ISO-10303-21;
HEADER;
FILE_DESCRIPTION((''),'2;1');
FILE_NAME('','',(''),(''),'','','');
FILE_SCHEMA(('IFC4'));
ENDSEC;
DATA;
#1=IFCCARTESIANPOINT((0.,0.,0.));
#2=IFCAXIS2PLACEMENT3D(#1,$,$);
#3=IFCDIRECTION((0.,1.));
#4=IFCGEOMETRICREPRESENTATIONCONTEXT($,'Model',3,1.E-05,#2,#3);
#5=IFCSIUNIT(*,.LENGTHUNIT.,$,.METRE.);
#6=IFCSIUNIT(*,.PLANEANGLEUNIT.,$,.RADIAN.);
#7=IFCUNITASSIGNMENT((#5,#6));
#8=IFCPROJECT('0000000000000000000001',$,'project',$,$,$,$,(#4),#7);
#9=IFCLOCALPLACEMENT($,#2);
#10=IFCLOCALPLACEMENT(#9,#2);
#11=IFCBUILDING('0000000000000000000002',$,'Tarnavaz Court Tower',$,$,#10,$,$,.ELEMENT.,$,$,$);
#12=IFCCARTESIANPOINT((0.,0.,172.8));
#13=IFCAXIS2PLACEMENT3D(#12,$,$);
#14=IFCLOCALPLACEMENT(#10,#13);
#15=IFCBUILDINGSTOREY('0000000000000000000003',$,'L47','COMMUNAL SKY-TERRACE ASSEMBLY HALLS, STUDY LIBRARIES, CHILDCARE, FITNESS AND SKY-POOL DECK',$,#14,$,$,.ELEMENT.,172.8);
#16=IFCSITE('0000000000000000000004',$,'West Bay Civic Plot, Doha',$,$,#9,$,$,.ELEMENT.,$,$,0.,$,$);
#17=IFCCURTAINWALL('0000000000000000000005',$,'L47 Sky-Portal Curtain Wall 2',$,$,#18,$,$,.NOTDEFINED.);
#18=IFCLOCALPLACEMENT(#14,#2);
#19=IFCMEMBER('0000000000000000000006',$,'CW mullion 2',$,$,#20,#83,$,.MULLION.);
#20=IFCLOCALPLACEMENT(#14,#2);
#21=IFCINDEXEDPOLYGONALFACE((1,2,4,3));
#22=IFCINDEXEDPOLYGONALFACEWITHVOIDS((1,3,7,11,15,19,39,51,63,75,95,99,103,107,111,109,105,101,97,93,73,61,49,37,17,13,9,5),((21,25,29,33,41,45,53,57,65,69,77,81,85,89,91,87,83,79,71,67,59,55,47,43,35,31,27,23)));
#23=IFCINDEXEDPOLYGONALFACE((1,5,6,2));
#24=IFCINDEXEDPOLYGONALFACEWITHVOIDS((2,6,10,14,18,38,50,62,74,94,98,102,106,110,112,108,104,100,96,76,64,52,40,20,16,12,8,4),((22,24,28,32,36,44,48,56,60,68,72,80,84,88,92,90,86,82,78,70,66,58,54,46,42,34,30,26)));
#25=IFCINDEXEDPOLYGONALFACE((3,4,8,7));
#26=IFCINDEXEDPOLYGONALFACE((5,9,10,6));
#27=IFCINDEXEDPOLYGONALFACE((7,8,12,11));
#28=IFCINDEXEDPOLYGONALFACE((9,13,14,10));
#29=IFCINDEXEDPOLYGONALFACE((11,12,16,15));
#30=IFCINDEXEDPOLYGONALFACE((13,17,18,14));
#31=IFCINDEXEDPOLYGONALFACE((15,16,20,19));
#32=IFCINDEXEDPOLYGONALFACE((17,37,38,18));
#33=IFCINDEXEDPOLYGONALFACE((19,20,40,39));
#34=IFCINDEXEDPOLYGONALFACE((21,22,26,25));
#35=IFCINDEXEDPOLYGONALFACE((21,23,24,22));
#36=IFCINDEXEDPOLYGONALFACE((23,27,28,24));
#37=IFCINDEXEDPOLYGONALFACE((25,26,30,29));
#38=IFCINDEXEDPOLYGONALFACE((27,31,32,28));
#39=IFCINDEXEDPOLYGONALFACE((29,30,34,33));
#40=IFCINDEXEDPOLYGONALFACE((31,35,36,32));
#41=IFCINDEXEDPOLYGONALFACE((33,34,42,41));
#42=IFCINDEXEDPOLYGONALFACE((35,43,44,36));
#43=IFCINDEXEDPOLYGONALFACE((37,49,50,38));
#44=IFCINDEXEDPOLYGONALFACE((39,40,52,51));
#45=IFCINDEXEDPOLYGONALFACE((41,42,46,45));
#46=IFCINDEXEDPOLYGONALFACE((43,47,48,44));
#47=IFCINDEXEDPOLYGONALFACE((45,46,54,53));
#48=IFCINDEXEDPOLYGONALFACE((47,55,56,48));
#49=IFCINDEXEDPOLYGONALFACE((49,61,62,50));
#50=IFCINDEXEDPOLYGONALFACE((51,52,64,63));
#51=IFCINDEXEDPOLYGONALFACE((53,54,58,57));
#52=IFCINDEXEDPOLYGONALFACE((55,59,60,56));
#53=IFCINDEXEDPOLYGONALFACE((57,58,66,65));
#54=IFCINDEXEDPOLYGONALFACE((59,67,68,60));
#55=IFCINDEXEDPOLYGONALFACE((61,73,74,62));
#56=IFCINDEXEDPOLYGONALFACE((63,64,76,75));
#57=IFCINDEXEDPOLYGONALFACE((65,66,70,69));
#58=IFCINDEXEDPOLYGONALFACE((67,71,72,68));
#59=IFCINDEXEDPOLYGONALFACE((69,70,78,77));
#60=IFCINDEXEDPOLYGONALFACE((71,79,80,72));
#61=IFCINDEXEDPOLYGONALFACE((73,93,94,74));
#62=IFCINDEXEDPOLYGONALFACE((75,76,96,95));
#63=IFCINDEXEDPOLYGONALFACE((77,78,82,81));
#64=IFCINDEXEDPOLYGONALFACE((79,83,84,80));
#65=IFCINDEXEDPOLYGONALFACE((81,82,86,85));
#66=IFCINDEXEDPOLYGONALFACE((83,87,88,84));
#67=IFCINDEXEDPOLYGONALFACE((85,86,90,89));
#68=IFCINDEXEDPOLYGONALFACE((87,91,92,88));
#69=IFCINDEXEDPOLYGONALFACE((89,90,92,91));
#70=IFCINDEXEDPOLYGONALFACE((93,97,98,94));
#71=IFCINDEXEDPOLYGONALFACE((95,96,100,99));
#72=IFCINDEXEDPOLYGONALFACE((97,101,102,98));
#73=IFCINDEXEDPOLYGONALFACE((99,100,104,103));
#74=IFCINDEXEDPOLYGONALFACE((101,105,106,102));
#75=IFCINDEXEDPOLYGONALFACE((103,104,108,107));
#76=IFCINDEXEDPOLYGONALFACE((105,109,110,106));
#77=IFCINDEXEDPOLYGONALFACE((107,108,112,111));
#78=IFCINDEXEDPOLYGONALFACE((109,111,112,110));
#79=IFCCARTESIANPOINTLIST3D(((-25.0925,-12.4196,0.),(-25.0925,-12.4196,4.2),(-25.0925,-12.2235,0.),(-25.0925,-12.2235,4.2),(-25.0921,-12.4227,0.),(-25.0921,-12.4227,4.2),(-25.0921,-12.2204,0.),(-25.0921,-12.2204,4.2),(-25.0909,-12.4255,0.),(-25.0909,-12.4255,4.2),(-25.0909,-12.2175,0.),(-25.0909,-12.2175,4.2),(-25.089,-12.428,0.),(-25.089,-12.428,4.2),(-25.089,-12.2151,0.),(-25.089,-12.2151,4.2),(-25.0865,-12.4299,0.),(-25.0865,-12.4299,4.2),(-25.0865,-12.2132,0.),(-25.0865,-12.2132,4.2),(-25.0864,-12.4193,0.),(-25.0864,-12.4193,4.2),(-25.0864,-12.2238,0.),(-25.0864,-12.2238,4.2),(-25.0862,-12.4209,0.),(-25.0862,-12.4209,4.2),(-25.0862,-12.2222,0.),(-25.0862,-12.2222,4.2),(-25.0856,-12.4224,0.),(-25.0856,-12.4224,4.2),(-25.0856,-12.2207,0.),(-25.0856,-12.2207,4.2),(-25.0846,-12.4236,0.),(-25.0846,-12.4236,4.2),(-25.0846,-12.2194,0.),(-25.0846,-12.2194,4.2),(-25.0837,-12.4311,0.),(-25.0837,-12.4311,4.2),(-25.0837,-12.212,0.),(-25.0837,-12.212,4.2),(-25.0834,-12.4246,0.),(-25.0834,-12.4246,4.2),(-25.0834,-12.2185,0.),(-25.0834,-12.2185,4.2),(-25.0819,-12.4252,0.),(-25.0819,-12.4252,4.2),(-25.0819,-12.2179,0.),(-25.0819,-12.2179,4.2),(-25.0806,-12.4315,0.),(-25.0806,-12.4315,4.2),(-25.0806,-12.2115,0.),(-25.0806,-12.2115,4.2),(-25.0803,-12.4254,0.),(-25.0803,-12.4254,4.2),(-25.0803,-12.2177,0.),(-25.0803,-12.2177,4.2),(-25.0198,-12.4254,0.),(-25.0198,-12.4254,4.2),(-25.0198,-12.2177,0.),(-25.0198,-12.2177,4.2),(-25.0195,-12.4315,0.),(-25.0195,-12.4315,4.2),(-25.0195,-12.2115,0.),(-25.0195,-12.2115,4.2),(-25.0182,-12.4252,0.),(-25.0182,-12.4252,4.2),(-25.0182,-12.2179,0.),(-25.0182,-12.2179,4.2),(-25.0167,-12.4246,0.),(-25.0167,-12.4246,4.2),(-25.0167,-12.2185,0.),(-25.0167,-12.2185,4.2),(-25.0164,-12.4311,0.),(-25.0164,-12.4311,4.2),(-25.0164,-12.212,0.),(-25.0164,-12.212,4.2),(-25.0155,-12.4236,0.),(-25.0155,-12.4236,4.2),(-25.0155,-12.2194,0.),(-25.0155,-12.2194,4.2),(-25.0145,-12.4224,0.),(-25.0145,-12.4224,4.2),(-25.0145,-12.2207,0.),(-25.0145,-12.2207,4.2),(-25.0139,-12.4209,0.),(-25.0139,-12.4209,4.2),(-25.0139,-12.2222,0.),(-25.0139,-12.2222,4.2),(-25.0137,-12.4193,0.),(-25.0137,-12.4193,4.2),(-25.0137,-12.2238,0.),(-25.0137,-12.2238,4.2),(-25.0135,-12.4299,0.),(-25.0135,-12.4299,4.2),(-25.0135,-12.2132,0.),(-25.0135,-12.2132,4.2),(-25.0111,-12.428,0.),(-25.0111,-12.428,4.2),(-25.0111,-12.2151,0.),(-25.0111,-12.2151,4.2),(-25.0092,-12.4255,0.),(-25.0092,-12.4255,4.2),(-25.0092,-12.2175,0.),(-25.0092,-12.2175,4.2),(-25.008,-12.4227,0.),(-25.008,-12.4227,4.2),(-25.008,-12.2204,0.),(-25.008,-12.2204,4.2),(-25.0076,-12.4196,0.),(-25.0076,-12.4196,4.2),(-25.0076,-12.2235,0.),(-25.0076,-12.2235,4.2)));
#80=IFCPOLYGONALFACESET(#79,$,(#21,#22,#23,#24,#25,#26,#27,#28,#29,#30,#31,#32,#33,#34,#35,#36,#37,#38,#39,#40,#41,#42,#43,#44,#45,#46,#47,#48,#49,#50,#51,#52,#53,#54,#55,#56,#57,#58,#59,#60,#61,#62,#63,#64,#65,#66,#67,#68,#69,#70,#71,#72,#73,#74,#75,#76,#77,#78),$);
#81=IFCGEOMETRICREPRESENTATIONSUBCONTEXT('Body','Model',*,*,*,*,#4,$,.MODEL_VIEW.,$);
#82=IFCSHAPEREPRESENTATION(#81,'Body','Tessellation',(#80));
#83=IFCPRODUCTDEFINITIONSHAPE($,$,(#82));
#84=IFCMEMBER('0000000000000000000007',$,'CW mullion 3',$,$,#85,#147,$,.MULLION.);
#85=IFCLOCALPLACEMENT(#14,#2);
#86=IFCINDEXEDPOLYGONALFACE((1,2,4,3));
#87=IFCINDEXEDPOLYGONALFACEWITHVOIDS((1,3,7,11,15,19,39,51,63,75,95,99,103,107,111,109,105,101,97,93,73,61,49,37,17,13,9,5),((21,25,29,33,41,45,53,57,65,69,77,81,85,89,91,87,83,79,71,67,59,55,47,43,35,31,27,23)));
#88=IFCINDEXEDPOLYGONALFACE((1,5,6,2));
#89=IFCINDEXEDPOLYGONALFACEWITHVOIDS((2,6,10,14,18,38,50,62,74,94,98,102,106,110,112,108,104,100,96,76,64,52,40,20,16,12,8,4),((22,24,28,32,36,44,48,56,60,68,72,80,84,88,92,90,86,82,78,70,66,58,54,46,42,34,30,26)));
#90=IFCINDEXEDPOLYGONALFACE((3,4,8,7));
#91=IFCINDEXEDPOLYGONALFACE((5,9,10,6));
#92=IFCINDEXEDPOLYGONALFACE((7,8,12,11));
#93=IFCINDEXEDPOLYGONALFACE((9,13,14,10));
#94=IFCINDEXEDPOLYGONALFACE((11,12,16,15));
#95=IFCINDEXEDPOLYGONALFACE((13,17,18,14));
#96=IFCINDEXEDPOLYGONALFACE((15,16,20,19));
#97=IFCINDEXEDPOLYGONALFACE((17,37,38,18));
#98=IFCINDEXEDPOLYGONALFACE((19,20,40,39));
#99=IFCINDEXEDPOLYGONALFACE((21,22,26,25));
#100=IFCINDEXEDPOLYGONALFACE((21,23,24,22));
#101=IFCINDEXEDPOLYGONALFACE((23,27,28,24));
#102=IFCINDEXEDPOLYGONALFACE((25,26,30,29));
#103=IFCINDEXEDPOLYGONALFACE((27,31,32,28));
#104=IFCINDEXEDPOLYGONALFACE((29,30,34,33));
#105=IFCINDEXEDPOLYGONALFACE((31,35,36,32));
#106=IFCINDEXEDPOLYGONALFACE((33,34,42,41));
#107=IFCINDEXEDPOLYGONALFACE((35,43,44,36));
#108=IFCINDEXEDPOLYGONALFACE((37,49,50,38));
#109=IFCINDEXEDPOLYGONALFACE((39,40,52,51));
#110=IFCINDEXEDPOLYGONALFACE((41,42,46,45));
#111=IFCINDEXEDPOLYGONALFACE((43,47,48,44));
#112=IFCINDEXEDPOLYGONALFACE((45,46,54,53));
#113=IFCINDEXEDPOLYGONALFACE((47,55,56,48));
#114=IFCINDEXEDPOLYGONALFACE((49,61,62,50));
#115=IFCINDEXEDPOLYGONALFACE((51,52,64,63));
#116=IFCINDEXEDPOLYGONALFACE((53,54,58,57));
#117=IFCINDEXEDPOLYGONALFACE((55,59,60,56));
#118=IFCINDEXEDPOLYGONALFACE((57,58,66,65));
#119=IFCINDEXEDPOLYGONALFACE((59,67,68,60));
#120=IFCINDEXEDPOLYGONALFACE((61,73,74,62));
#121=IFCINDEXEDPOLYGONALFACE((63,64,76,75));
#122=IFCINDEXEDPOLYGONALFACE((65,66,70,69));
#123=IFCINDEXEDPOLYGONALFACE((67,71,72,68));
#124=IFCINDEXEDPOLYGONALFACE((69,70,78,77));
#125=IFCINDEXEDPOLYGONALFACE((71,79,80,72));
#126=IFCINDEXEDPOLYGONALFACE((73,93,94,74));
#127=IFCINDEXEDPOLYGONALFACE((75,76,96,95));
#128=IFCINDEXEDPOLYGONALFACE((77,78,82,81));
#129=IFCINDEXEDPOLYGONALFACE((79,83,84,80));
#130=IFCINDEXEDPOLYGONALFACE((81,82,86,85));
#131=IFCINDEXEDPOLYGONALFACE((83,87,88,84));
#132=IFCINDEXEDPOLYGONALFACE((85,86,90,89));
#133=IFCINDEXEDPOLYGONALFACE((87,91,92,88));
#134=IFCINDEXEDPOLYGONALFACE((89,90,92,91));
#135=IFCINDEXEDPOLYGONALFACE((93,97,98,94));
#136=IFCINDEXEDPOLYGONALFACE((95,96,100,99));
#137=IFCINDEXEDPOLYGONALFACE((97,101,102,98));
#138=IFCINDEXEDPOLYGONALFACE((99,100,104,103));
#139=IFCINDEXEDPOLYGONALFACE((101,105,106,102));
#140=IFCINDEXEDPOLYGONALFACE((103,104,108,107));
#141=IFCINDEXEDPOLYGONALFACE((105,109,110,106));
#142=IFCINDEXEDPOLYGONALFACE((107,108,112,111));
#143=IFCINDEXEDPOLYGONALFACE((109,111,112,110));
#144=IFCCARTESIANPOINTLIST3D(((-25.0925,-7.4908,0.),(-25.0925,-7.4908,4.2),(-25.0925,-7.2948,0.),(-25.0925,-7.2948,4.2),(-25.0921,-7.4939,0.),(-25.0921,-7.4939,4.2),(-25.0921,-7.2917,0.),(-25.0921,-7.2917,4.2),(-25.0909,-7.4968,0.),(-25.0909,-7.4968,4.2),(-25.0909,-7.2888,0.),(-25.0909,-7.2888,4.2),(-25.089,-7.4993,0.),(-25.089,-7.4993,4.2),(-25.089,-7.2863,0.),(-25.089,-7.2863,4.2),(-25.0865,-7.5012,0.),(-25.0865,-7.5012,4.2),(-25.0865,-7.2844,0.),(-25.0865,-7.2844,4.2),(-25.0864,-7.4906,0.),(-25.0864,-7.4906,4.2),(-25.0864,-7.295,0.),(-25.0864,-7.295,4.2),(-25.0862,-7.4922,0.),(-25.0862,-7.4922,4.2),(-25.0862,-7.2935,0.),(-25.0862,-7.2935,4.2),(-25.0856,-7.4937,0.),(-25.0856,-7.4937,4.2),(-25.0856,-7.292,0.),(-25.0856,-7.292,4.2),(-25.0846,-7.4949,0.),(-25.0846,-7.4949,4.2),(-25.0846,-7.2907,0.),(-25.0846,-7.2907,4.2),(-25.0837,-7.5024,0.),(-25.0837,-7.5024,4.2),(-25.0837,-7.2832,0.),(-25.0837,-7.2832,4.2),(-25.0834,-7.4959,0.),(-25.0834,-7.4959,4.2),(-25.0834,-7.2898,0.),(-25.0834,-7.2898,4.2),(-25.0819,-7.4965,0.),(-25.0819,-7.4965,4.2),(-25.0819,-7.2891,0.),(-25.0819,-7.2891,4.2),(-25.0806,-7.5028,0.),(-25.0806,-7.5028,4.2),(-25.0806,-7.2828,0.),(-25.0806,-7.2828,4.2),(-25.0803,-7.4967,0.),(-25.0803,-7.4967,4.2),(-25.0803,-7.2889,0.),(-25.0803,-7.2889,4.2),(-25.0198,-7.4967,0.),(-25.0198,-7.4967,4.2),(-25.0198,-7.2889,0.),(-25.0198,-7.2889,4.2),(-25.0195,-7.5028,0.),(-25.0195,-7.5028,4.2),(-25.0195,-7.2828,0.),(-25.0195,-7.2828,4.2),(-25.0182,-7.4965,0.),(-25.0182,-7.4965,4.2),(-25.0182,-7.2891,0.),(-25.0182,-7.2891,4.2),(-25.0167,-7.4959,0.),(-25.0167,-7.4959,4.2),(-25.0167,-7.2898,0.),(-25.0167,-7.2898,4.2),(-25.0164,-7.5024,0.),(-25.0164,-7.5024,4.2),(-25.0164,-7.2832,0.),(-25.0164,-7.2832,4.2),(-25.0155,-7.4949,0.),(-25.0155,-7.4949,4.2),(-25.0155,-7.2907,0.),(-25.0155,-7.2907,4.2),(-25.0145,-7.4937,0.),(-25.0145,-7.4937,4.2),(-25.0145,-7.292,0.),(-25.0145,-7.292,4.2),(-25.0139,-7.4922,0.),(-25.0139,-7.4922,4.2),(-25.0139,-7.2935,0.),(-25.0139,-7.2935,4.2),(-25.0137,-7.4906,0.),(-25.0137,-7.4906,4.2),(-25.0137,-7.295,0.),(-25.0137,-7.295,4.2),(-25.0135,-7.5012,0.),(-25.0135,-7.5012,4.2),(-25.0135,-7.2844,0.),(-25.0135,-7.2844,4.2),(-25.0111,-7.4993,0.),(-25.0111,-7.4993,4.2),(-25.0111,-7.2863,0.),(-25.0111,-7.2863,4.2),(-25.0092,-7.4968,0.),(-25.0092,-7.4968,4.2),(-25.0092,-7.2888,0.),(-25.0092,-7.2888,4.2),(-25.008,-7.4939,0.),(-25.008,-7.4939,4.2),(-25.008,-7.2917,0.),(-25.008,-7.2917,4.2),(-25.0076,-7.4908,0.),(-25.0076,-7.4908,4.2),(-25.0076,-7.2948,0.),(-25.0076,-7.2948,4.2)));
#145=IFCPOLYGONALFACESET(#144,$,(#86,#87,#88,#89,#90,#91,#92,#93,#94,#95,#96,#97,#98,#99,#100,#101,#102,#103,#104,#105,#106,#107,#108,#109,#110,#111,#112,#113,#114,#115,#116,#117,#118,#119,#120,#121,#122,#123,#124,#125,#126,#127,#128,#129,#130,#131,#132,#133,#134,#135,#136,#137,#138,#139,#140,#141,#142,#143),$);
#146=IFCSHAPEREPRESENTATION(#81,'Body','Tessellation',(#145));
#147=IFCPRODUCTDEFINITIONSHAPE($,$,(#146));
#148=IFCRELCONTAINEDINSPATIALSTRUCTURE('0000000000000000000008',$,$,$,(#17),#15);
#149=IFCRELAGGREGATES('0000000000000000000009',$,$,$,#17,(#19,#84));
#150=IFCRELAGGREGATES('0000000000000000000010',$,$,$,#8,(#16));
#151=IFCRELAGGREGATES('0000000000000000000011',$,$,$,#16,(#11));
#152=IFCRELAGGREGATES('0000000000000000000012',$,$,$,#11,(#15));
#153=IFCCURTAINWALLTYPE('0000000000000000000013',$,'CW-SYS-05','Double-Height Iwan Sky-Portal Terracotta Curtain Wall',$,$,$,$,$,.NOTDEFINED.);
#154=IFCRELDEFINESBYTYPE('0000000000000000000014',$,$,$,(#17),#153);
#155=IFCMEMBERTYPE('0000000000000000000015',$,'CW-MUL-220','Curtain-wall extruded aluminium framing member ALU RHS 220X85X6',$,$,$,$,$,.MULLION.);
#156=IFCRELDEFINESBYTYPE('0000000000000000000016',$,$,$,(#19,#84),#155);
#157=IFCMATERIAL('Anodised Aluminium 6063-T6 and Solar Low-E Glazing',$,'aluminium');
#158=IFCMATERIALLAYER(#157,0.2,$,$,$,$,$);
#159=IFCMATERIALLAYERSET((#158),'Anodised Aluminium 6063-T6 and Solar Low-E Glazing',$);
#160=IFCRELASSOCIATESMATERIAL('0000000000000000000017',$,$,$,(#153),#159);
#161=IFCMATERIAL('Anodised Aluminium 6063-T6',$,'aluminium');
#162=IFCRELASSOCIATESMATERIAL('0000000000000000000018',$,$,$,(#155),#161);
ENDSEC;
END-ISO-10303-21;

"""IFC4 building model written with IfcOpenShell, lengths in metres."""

from ifc_helpers import new_model, si_unit, direction, frame, origin, origin_2d, place, context, subcontext, project, spatial, hollow_rectangle, extrude, material, layer, layer_set, material_profile, profile_set, type_object, element, aggregate, save


model = new_model("IFC4")

# Units and contexts
model_context = context("Model", 3, precision=1e-05, world=origin(), true_north=direction((0.0, 1.0)))
body_context = subcontext(model_context, "Body", "Model", "MODEL_VIEW")
ifc_project = project(units=[si_unit("LENGTHUNIT", "METRE"), si_unit("PLANEANGLEUNIT", "RADIAN")], contexts=[model_context])

# Site, building, storey
site_placement = place(None, origin())
site = spatial("IfcSite", under=ifc_project, at=site_placement, Name="West Bay Civic Plot, Doha", CompositionType="ELEMENT", RefElevation=0.0)
building_placement = place(site_placement, origin())
building = spatial("IfcBuilding", under=site, at=building_placement, Name="Tarnavaz Court Tower", CompositionType="ELEMENT")
storey_placement = place(building_placement, frame((0.0, 0.0, 172.8)))
storey = spatial("IfcBuildingStorey", under=building, at=storey_placement, Name="L47", Description="COMMUNAL SKY-TERRACE ASSEMBLY HALLS, STUDY LIBRARIES, CHILDCARE, FITNESS AND SKY-POOL DECK", CompositionType="ELEMENT", Elevation=172.8)

# Curtain wall, members
ifc_material_1 = material(Name="Anodised Aluminium 6063-T6 and Solar Low-E Glazing", Category="aluminium")
ifc_layer_1 = layer(ifc_material_1, 0.2)
ifc_layer_set_1 = layer_set([ifc_layer_1], Name="Anodised Aluminium 6063-T6 and Solar Low-E Glazing")
curtain_wall_type = type_object("IfcCurtainWallType", Name="CW-SYS-05", Description="Double-Height Iwan Sky-Portal Terracotta Curtain Wall", PredefinedType="NOTDEFINED", material=ifc_layer_set_1)
curtain_wall_placement = place(storey_placement, origin())
curtain_wall = element("IfcCurtainWall", 1, at=curtain_wall_placement, inside=storey, type_object=curtain_wall_type, Name="L47 Sky-Portal Curtain Wall 2", PredefinedType="NOTDEFINED")
ifc_material_2 = material(Name="Anodised Aluminium 6063-T6", Category="aluminium")
ifc_material_profile_1 = material_profile(ifc_material_2, hollow_rectangle(XDim=0.085, YDim=0.22, WallThickness=0.0061, InnerFilletRadius=0.0061, OuterFilletRadius=0.012, at=origin_2d()), Name="ALU RHS 220X85X6")
ifc_profile_set_1 = profile_set([ifc_material_profile_1], Name="Anodised Aluminium 6063-T6")
member_type_1 = type_object("IfcMemberType", Name="CW-MUL-220", Description="Curtain-wall extruded aluminium framing member ALU RHS 220X85X6", PredefinedType="MULLION", material=ifc_profile_set_1)
member_1_placement = place(storey_placement, frame((-25.05, -12.3215, 0.0), z_axis=(0.0, 0.0, 1.0), x_axis=(-1.0, 0.0, 0.0)))
member_1 = element("IfcMember", 2, at=member_1_placement, type_object=member_type_1, Name="CW mullion 2", PredefinedType="MULLION", context=body_context, shape_type="SweptSolid", body=[
    extrude(hollow_rectangle(XDim=0.085, YDim=0.22, WallThickness=0.0061, InnerFilletRadius=0.0061, OuterFilletRadius=0.012, at=origin_2d()), origin(), (0.0, 0.0, 1.0), 4.2),
])
member_2_placement = place(storey_placement, frame((-25.05, -7.3928, 0.0), z_axis=(0.0, 0.0, 1.0), x_axis=(-1.0, 0.0, 0.0)))
member_2 = element("IfcMember", 3, at=member_2_placement, type_object=member_type_1, Name="CW mullion 3", PredefinedType="MULLION", context=body_context, shape_type="SweptSolid", body=[
    extrude(hollow_rectangle(XDim=0.085, YDim=0.22, WallThickness=0.0061, InnerFilletRadius=0.0061, OuterFilletRadius=0.012, at=origin_2d()), origin(), (0.0, 0.0, 1.0), 4.2),
])
aggregate(curtain_wall, [member_1, member_2])

save(model, "model.ifc")
